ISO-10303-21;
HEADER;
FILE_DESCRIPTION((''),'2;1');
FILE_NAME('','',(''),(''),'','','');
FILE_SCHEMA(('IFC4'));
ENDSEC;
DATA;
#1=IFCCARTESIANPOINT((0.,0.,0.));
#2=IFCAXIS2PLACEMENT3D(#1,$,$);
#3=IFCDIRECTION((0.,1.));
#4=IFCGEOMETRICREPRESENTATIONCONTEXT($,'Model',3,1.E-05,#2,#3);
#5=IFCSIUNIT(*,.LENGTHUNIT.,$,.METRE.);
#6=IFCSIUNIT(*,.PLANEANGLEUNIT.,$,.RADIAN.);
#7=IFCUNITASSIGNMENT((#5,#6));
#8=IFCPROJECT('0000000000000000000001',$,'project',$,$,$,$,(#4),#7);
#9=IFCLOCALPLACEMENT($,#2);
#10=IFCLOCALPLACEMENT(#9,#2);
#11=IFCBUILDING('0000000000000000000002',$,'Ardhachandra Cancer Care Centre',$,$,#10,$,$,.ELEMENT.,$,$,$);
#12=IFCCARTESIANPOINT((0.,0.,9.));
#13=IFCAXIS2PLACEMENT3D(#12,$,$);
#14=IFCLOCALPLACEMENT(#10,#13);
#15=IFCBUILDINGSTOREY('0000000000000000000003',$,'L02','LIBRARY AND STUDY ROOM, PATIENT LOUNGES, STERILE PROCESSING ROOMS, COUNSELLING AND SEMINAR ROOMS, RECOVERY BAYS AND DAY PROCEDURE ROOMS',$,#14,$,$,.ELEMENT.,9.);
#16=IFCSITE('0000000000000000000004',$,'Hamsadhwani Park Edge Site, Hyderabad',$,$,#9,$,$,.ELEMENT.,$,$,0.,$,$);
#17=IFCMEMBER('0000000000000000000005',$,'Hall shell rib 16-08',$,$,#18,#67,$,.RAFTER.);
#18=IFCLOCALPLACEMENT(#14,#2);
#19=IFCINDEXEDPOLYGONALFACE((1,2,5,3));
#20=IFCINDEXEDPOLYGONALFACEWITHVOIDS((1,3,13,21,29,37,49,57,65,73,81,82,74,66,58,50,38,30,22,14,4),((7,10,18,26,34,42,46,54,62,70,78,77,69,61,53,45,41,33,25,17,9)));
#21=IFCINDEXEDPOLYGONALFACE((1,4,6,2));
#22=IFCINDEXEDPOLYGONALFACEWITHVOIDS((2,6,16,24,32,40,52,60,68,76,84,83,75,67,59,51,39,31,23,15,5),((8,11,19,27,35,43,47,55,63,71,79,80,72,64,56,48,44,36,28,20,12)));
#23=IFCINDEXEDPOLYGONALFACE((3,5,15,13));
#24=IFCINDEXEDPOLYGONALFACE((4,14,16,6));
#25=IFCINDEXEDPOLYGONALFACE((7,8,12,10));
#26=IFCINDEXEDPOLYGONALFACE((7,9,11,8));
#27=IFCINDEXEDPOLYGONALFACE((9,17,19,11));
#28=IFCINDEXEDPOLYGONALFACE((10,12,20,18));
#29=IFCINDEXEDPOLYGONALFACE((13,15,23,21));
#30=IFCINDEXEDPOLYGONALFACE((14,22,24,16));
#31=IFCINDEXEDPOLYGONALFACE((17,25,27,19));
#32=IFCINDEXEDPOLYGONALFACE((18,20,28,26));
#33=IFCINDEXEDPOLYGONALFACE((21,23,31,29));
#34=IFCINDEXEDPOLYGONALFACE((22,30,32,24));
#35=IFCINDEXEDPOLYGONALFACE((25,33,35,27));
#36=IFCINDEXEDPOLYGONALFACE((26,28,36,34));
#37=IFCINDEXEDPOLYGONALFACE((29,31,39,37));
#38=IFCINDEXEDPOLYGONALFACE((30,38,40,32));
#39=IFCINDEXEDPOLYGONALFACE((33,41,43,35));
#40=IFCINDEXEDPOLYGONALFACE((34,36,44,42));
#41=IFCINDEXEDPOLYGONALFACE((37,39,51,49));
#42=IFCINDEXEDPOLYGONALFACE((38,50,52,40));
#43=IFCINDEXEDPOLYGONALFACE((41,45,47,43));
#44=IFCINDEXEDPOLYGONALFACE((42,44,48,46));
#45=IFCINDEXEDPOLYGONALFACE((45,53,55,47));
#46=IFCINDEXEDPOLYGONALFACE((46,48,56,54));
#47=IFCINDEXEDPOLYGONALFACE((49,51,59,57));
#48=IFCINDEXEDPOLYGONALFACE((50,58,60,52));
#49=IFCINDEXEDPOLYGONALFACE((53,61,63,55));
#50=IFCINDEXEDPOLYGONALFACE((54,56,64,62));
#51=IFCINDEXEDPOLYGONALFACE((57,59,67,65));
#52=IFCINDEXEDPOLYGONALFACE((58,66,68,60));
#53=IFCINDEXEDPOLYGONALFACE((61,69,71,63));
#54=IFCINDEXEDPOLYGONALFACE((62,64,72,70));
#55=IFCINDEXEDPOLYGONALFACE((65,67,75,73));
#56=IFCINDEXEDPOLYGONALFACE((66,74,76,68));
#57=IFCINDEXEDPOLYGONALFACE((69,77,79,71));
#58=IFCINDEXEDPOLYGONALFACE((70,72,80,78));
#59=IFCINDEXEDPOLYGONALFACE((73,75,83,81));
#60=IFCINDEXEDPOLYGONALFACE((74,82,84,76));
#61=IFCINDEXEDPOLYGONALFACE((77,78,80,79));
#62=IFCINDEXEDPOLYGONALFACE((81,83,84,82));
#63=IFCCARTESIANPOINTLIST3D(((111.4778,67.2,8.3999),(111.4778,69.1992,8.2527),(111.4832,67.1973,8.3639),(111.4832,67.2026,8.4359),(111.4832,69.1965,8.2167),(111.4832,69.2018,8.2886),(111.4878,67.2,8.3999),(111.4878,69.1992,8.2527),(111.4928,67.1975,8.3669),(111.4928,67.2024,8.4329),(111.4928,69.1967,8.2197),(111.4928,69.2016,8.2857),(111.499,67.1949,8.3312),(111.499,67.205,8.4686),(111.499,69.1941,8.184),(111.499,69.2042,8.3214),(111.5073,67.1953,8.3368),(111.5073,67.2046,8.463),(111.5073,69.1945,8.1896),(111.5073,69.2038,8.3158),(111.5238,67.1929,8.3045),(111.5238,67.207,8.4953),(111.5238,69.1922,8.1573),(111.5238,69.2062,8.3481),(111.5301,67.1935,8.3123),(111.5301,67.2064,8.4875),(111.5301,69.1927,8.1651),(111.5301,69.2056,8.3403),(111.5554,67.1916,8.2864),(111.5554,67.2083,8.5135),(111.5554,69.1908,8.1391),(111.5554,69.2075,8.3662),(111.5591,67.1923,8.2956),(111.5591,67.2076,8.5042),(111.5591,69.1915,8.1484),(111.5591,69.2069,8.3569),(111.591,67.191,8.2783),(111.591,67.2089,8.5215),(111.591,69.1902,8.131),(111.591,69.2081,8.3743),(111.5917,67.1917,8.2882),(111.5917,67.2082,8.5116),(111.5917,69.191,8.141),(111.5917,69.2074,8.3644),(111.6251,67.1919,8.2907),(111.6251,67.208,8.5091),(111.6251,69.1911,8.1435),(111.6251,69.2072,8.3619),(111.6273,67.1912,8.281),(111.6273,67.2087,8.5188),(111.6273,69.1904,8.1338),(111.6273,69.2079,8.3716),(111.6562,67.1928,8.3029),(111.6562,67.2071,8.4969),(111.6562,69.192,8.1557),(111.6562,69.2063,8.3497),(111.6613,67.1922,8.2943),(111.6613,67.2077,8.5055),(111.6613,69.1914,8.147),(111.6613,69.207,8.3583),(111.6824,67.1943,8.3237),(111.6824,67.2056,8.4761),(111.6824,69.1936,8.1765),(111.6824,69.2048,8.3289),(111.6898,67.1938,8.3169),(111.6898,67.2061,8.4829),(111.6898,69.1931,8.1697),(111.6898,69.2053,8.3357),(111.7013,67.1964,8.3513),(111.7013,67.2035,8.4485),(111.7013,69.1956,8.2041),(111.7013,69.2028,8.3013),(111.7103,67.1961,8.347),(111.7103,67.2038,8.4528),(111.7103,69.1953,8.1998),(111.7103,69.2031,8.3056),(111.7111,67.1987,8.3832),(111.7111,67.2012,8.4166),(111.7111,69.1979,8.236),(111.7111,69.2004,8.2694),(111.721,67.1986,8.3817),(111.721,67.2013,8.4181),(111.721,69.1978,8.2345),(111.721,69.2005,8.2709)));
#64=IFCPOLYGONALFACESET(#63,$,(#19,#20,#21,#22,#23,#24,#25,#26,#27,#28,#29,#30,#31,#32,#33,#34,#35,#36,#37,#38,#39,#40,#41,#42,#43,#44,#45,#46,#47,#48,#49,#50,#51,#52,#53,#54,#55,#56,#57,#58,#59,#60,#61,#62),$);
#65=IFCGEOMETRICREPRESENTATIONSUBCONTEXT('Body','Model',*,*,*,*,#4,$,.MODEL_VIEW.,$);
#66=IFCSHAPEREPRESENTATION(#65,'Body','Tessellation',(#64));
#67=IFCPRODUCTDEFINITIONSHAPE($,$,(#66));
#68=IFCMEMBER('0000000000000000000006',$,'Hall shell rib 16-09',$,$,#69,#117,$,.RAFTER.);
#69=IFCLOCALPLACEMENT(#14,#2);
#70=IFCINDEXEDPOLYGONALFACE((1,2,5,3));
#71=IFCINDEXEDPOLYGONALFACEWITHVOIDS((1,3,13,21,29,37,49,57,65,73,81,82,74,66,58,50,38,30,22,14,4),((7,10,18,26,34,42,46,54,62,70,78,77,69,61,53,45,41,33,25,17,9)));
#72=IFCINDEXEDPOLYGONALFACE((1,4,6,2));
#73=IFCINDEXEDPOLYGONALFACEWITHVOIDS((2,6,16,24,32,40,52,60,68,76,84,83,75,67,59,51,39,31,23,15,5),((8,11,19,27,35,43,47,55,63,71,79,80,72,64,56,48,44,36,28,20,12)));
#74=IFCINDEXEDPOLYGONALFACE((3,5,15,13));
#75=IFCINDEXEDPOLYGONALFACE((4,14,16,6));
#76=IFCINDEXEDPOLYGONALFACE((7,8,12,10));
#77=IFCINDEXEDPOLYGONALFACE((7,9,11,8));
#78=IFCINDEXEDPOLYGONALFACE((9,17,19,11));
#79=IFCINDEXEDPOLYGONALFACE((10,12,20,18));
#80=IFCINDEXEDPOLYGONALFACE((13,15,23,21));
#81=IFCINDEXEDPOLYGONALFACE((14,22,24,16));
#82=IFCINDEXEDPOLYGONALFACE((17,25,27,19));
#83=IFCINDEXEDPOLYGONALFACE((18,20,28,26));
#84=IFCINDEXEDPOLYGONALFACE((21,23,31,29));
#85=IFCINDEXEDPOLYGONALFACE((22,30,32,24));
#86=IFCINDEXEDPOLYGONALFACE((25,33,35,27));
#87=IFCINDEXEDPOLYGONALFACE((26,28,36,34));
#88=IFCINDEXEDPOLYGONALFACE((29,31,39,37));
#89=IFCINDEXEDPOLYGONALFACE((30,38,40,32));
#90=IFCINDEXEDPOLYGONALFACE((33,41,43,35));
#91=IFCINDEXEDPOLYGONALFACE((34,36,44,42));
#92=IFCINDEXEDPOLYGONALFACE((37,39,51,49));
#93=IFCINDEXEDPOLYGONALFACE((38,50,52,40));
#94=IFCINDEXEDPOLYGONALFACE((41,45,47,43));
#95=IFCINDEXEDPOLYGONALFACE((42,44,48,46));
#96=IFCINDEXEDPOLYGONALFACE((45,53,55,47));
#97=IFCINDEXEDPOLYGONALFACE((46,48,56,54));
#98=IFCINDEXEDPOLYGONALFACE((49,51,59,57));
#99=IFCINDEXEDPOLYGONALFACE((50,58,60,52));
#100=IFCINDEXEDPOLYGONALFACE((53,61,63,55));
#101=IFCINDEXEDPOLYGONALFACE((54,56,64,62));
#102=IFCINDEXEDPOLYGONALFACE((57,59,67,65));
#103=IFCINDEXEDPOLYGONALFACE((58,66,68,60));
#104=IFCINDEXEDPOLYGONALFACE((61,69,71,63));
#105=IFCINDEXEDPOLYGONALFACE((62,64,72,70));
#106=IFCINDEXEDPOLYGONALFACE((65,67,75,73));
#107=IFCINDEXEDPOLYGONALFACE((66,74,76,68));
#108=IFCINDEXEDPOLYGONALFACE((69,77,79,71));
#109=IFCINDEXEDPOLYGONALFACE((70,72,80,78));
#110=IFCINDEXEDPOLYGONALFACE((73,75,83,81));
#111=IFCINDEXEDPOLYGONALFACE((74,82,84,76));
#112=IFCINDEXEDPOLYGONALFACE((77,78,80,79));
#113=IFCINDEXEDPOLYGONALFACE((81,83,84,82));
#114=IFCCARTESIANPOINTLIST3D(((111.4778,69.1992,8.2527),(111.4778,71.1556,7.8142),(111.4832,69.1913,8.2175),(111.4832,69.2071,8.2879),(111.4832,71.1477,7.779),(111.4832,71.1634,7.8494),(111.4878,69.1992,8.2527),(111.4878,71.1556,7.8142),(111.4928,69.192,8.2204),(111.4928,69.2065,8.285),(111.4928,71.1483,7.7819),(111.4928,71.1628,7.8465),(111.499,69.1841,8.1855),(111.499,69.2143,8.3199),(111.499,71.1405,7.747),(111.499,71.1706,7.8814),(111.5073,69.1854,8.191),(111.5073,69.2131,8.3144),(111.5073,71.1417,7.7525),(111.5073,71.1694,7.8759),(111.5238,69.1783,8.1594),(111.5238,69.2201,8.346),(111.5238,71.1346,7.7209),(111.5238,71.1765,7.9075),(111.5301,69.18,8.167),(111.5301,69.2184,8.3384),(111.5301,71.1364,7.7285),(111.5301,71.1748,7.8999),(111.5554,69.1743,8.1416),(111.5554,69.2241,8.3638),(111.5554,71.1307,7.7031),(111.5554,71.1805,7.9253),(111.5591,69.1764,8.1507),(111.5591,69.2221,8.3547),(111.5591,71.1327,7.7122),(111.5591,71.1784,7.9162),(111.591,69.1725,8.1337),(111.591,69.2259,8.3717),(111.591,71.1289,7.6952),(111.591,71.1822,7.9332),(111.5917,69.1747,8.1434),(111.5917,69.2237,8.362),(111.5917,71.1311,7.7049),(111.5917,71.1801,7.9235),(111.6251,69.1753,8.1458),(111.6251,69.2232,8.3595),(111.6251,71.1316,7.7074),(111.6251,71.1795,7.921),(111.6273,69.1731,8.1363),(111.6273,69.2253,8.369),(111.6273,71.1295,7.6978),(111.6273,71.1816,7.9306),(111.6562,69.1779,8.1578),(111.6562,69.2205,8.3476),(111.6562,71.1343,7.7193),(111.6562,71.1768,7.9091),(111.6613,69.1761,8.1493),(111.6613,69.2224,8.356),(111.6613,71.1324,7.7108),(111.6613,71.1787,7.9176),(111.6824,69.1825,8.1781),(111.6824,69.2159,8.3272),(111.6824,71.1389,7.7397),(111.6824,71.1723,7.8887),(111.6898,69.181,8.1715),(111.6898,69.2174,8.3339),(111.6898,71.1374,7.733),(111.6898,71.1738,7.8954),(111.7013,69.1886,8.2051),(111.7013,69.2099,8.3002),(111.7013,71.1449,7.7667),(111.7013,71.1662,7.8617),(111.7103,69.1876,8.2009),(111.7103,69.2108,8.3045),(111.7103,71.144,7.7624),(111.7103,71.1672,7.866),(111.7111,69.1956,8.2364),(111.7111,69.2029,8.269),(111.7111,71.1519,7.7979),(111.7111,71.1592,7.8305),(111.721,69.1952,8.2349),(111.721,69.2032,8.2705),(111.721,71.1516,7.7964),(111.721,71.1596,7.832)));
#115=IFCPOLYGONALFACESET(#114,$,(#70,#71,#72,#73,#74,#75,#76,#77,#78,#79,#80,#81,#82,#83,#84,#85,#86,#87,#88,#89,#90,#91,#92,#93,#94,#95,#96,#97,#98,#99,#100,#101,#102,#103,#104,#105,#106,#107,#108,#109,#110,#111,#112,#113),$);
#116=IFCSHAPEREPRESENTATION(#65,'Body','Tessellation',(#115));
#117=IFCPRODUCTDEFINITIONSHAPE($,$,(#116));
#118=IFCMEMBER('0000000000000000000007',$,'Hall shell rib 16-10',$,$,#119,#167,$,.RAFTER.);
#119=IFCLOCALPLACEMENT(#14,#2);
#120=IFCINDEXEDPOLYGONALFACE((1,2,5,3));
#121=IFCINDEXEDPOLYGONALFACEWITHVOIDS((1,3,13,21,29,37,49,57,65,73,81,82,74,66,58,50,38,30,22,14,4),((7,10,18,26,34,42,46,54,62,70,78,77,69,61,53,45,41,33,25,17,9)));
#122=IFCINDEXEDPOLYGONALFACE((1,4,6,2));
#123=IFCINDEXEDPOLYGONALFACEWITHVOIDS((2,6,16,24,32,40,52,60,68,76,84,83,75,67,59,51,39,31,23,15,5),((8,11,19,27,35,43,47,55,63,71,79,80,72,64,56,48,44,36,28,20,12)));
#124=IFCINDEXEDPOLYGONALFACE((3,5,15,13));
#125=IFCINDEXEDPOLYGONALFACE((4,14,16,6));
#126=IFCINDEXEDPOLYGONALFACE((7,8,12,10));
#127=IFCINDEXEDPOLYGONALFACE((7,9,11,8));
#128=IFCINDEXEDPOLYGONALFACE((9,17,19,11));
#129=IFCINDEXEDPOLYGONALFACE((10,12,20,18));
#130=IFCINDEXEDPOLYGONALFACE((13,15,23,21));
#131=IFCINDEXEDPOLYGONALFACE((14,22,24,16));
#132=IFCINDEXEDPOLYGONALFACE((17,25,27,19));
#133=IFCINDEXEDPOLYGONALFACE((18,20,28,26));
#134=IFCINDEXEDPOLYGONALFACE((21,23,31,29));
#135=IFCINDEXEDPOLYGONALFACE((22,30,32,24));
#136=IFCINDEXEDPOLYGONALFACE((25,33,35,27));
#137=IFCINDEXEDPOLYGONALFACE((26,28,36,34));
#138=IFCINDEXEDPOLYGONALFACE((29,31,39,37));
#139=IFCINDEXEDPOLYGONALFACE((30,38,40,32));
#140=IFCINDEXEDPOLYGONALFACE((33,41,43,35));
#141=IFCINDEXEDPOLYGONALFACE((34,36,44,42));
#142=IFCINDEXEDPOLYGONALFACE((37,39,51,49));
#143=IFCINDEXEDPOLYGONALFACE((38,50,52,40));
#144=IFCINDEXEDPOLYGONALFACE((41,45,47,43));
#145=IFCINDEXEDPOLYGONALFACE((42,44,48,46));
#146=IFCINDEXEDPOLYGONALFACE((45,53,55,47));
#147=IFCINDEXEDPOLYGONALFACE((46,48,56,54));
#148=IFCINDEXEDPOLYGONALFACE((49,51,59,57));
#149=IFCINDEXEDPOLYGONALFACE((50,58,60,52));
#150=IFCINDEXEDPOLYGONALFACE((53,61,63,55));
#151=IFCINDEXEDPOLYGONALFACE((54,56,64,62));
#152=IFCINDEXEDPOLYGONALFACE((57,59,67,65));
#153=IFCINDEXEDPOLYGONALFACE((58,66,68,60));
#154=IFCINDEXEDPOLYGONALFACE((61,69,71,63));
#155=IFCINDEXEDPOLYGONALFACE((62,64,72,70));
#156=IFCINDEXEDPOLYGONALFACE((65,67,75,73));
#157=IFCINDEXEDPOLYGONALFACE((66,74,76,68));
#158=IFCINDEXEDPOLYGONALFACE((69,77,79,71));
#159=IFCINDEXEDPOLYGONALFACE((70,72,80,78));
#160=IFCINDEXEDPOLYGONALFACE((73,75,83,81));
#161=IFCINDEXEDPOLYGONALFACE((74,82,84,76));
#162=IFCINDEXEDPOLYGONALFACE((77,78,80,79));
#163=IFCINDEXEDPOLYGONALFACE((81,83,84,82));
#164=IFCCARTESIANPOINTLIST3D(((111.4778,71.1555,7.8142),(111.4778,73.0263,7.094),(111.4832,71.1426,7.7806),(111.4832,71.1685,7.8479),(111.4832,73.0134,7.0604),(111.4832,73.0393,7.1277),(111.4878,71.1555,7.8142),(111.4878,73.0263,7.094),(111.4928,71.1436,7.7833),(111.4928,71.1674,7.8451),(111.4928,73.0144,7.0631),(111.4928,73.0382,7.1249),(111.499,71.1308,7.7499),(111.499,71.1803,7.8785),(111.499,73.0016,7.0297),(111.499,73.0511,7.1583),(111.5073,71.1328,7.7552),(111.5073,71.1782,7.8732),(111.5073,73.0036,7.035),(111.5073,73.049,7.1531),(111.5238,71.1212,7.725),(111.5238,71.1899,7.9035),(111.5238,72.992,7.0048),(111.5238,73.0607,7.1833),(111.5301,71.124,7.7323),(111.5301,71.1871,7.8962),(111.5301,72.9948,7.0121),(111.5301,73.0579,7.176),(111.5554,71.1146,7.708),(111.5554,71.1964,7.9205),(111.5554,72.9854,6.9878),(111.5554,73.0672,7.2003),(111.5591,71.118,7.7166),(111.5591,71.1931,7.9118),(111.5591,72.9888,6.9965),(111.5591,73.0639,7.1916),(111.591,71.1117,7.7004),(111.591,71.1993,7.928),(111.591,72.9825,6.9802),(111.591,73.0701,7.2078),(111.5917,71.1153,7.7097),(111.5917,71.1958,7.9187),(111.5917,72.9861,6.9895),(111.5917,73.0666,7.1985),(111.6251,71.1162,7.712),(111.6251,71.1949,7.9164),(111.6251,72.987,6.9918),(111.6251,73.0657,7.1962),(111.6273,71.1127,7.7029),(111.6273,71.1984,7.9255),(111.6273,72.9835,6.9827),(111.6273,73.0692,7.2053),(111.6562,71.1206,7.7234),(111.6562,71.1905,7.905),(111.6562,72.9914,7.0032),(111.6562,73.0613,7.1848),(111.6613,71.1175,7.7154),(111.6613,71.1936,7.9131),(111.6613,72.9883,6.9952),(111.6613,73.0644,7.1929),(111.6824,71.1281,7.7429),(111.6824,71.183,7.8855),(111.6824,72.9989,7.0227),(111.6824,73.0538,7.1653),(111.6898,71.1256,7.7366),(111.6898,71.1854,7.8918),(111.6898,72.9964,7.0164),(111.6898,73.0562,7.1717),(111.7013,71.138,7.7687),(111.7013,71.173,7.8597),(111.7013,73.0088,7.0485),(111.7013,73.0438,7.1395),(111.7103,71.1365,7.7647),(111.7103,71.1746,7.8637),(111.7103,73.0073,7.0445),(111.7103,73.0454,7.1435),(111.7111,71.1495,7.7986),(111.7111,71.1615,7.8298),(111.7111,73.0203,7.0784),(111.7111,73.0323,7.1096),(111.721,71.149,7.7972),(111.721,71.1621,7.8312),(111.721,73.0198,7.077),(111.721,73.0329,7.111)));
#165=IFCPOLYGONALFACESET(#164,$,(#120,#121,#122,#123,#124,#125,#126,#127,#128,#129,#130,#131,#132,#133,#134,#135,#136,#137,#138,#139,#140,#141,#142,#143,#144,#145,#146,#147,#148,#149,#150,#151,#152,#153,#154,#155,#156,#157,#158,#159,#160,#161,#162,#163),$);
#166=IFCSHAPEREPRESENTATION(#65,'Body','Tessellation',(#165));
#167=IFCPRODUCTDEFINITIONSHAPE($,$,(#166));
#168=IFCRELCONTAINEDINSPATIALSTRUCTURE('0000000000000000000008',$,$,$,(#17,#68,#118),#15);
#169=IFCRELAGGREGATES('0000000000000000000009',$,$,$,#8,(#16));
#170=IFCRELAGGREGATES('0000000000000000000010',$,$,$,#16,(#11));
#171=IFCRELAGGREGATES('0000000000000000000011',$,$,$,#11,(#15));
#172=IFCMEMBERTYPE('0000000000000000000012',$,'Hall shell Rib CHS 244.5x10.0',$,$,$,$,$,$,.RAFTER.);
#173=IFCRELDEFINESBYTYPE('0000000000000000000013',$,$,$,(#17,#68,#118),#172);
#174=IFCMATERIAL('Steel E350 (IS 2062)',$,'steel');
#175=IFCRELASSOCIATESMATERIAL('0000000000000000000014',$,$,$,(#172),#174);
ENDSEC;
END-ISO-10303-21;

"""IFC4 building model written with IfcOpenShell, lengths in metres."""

from ifc_helpers import new_model, si_unit, direction, frame, origin, origin_2d, place, context, subcontext, project, spatial, hollow_circle, extrude, material, material_profile, profile_set, type_object, element, save


model = new_model("IFC4")

# Units and contexts
model_context = context("Model", 3, precision=1e-05, world=origin(), true_north=direction((0.0, 1.0)))
body_context = subcontext(model_context, "Body", "Model", "MODEL_VIEW")
ifc_project = project(units=[si_unit("LENGTHUNIT", "METRE"), si_unit("PLANEANGLEUNIT", "RADIAN")], contexts=[model_context])

# Site, building, storey
site_placement = place(None, origin())
site = spatial("IfcSite", under=ifc_project, at=site_placement, Name="Hamsadhwani Park Edge Site, Hyderabad", CompositionType="ELEMENT", RefElevation=0.0)
building_placement = place(site_placement, origin())
building = spatial("IfcBuilding", under=site, at=building_placement, Name="Ardhachandra Cancer Care Centre", CompositionType="ELEMENT")
storey_placement = place(building_placement, frame((0.0, 0.0, 9.0)))
storey = spatial("IfcBuildingStorey", under=building, at=storey_placement, Name="L02", Description="LIBRARY AND STUDY ROOM, PATIENT LOUNGES, STERILE PROCESSING ROOMS, COUNSELLING AND SEMINAR ROOMS, RECOVERY BAYS AND DAY PROCEDURE ROOMS", CompositionType="ELEMENT", Elevation=9.0)

# Members
ifc_material_1 = material(Name="Steel E350 (IS 2062)", Category="steel")
ifc_material_profile_1 = material_profile(ifc_material_1, hollow_circle(Radius=0.1223, WallThickness=0.01, at=origin_2d()), Name="CHS 244.5x10.0")
ifc_profile_set_1 = profile_set([ifc_material_profile_1], Name="Steel E350 (IS 2062)")
member_type_1 = type_object("IfcMemberType", Name="Hall shell Rib CHS 244.5x10.0", PredefinedType="RAFTER", material=ifc_profile_set_1)
for number, where, z_axis, x_axis, name in (
    (1, (111.6001, 67.2, 8.3999), (0.0, 0.9973, -0.073437), (-1.0, 0.0, 0.0), "Hall shell rib 16-08"),
):
    element("IfcMember", number, at=place(storey_placement, frame(where, z_axis=z_axis, x_axis=x_axis)), inside=storey, type_object=member_type_1, Name=name, PredefinedType="RAFTER", context=body_context, shape_type="SweptSolid", body=[
        extrude(hollow_circle(Radius=0.1223, WallThickness=0.01, at=origin_2d()), origin(), (0.0, 0.0, 1.0), 2.0046),
    ])
member_1_placement = place(storey_placement, frame((111.6001, 69.1992, 8.2527), z_axis=(0.0, 0.97579, -0.218709), x_axis=(-1.0, 0.0, 0.0)))
element("IfcMember", 2, at=member_1_placement, inside=storey, type_object=member_type_1, Name="Hall shell rib 16-09", PredefinedType="RAFTER", context=body_context, shape_type="SweptSolid", body=[
    extrude(hollow_circle(Radius=0.1223, WallThickness=0.01, at=origin_2d()), origin(), (0.0, 0.0, 1.0), 2.0049),
])
member_2_placement = place(storey_placement, frame((111.6001, 71.1555, 7.8142), z_axis=(0.0, 0.933236, -0.359265), x_axis=(-1.0, 0.0, 0.0)))
element("IfcMember", 3, at=member_2_placement, inside=storey, type_object=member_type_1, Name="Hall shell rib 16-10", PredefinedType="RAFTER", context=body_context, shape_type="SweptSolid", body=[
    extrude(hollow_circle(Radius=0.1223, WallThickness=0.01, at=origin_2d()), origin(), (0.0, 0.0, 1.0), 2.0046),
])

save(model, "model.ifc")
